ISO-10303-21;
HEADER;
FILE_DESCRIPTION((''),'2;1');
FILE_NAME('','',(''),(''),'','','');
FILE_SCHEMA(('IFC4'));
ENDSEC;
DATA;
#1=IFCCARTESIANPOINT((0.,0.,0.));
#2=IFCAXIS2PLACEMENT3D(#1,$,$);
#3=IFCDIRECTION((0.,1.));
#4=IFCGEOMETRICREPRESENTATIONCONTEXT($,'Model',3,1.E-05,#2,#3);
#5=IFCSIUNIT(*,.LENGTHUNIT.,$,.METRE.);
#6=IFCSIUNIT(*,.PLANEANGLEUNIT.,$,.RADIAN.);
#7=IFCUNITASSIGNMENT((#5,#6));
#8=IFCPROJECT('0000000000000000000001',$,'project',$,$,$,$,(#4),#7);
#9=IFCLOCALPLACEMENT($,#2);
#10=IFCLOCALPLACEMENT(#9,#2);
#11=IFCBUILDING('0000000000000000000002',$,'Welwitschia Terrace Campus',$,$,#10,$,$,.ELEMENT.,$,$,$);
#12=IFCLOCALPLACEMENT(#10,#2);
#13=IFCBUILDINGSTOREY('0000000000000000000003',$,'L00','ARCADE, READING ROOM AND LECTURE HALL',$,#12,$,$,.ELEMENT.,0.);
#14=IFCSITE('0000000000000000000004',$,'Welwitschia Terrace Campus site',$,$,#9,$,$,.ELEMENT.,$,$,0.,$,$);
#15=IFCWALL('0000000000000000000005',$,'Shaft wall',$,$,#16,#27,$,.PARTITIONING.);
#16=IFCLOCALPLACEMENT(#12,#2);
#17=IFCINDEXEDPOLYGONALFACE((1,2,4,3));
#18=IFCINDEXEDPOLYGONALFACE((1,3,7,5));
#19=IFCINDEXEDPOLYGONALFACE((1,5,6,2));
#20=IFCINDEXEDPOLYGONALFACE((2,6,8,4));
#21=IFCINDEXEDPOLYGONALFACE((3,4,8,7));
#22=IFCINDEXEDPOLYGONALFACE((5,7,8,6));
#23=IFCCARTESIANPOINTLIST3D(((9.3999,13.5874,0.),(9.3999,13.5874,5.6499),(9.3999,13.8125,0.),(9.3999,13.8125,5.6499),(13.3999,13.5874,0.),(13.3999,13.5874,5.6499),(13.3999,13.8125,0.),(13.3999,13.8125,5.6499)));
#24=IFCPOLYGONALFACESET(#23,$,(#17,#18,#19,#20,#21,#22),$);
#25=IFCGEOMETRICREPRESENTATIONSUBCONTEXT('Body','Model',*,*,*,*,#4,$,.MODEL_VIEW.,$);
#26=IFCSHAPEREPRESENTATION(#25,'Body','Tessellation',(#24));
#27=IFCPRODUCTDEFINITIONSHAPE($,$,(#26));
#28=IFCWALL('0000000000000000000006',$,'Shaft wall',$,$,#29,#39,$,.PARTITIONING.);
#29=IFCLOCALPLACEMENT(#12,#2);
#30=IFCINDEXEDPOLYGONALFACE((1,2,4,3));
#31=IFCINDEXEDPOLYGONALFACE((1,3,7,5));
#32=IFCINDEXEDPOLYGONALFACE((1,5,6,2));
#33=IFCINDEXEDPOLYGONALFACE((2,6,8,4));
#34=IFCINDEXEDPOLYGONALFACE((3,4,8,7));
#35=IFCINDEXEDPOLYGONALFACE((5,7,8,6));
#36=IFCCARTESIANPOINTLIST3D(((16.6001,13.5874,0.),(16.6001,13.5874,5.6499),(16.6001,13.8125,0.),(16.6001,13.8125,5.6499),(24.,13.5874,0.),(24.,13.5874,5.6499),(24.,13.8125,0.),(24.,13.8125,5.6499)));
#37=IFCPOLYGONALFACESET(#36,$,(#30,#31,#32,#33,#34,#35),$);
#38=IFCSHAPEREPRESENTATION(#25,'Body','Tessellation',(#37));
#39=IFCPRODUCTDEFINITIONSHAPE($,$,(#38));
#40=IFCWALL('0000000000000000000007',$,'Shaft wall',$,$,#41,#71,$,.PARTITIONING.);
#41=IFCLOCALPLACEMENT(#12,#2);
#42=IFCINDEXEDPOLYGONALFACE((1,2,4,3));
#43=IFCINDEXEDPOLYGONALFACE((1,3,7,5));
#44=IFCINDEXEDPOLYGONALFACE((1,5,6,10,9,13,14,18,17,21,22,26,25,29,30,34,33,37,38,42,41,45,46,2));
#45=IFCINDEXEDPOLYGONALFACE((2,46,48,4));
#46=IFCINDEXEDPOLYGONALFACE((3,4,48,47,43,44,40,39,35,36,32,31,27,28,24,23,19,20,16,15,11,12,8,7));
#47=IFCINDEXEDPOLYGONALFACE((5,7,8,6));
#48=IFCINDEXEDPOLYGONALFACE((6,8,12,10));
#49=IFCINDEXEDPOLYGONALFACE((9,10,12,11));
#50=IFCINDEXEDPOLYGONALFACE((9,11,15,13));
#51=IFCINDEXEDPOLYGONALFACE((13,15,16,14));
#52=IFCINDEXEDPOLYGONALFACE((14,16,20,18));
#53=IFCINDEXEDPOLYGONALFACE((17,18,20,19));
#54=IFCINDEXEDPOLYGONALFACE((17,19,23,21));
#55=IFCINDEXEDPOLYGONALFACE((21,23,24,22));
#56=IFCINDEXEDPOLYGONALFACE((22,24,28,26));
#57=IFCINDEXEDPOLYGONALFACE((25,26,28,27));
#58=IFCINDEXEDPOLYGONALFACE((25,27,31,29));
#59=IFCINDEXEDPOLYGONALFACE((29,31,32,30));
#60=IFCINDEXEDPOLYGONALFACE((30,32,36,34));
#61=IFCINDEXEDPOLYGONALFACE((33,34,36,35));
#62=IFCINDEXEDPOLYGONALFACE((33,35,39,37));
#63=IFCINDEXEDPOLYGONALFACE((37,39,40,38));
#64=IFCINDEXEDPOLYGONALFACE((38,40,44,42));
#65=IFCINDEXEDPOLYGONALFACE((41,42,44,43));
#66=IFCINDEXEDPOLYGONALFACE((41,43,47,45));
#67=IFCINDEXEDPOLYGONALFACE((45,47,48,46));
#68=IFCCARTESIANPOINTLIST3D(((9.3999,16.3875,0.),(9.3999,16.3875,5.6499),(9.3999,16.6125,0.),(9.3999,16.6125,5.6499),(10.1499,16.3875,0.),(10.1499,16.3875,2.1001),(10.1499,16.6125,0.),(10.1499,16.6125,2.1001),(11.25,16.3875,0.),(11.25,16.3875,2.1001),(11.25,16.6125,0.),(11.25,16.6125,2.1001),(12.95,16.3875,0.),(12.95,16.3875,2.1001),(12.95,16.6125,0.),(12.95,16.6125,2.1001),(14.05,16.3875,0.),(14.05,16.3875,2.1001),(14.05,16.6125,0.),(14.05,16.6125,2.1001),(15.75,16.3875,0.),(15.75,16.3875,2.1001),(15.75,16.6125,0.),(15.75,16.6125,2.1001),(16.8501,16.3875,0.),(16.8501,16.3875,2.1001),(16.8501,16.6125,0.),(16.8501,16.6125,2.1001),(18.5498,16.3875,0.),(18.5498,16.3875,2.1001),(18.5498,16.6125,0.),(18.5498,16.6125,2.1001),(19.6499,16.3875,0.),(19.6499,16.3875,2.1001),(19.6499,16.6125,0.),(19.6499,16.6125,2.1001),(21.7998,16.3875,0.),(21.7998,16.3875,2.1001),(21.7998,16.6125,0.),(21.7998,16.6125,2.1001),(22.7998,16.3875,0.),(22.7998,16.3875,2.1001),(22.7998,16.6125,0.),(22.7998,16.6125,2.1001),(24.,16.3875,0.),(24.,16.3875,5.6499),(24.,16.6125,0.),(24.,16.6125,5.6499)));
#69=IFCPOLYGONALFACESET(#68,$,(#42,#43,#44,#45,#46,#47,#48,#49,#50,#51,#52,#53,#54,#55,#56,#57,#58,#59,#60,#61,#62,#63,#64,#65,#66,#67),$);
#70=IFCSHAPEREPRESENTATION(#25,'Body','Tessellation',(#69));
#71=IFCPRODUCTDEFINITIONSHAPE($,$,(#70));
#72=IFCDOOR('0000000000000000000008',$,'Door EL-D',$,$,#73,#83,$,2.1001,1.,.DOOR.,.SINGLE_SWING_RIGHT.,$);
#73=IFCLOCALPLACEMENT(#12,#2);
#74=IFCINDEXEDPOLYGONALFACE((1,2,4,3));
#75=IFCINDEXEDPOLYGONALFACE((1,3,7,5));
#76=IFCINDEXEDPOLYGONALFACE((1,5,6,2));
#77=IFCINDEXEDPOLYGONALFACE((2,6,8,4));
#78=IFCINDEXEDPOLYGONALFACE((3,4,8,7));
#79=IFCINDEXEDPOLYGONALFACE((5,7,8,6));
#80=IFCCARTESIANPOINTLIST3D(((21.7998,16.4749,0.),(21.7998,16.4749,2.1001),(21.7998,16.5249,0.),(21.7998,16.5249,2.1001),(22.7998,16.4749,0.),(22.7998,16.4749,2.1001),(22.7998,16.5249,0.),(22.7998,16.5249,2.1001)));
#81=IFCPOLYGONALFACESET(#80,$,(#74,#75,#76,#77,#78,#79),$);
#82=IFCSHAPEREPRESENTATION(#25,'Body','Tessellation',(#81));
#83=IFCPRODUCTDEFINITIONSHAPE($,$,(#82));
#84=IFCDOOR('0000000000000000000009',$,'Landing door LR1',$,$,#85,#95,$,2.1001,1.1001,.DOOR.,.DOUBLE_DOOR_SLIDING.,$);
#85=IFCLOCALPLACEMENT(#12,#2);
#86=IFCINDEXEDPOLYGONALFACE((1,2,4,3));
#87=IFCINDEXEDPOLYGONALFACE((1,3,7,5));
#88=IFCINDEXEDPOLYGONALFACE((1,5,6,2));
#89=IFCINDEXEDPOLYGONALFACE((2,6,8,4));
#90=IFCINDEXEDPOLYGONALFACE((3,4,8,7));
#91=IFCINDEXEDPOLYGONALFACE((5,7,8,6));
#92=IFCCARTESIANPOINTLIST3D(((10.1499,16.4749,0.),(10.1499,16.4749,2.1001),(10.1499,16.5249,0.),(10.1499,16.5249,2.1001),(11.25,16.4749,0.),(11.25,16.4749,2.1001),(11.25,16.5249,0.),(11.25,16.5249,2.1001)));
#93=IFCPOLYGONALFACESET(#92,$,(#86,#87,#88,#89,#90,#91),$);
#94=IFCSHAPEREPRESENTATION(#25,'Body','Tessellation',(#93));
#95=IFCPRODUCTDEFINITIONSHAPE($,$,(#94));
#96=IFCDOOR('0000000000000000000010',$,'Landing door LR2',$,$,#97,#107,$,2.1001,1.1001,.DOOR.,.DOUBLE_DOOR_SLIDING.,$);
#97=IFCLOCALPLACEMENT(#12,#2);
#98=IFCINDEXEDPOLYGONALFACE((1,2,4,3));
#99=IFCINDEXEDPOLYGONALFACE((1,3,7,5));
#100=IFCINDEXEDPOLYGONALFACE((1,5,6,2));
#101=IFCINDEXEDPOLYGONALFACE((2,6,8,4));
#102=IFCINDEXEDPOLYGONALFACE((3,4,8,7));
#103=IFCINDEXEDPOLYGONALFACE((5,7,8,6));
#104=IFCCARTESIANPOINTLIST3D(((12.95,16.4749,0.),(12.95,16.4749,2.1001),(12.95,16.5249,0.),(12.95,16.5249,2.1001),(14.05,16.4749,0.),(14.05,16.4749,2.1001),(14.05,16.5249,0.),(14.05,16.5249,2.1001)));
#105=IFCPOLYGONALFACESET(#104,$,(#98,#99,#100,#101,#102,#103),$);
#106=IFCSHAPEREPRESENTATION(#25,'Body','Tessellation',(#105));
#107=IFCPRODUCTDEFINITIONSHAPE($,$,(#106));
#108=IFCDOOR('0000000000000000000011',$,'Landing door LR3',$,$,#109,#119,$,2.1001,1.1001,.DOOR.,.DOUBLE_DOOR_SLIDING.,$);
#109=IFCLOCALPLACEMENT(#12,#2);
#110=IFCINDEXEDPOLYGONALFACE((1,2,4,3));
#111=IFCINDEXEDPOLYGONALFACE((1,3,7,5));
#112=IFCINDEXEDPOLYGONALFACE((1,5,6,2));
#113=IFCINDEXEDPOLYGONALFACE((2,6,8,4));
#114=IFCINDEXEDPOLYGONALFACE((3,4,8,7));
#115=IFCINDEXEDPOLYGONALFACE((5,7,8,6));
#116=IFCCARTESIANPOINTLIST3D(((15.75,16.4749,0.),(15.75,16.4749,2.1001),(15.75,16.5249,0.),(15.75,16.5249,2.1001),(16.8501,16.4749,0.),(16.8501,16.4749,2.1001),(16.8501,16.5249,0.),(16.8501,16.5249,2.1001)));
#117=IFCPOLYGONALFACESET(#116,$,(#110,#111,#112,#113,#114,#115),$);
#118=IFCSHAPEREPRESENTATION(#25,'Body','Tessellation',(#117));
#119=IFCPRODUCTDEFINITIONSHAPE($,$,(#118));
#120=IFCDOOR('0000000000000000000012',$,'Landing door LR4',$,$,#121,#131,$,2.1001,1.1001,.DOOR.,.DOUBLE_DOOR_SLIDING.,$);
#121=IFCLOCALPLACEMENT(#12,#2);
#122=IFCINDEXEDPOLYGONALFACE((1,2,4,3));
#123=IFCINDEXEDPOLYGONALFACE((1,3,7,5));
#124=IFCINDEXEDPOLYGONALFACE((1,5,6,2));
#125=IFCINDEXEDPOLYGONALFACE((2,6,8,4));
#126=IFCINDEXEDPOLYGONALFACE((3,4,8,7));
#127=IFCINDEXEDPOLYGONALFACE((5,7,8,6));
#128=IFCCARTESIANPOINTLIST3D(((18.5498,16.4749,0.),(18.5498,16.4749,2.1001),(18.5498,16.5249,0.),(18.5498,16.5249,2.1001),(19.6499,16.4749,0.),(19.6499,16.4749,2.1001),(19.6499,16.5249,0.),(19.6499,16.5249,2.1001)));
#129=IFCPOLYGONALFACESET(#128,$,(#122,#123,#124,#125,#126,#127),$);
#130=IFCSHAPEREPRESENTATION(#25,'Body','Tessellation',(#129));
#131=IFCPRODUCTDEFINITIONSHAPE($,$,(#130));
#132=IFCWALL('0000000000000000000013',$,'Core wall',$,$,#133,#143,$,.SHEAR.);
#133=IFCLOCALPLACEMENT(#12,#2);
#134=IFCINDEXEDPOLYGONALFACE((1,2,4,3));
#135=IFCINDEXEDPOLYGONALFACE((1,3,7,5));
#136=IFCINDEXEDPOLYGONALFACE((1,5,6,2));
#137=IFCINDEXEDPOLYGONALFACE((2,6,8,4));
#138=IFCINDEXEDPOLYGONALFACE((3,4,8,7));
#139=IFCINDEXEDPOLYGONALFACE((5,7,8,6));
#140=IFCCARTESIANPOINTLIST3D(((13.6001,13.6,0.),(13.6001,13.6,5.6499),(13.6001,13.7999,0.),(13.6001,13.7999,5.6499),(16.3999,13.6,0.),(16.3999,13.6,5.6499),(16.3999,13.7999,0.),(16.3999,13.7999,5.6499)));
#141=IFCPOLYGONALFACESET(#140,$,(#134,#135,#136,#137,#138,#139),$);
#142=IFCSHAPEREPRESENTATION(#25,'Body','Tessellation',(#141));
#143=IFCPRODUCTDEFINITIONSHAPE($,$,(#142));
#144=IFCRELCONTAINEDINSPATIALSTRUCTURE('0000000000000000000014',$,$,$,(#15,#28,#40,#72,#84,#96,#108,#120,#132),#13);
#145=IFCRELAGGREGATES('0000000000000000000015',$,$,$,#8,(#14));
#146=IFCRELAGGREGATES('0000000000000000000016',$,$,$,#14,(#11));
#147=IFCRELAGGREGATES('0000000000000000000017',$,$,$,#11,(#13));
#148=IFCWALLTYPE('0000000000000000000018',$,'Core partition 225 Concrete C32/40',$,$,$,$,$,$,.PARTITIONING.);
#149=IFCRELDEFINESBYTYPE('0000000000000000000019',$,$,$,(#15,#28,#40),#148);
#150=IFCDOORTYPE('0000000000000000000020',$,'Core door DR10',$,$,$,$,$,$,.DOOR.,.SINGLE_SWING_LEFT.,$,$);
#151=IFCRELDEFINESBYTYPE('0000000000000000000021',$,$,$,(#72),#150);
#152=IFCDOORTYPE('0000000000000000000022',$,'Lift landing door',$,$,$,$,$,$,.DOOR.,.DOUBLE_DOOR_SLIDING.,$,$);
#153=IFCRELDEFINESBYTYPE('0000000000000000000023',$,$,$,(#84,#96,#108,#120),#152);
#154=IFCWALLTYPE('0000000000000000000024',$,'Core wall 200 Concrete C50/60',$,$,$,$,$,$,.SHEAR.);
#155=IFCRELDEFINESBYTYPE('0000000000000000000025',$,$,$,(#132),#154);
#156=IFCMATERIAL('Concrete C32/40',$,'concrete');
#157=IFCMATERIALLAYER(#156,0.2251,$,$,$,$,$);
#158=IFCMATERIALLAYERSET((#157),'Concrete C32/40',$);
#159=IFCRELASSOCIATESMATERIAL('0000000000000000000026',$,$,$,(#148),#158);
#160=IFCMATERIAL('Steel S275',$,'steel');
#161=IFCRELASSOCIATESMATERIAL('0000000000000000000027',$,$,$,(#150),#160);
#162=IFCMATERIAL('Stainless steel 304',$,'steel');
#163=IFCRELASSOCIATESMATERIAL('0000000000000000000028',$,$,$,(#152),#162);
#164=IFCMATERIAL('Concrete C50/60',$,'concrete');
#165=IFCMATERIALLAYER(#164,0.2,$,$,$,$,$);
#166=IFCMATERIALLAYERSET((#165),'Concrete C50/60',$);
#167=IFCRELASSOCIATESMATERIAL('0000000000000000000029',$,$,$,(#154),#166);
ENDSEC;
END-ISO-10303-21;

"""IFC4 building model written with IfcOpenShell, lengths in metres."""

from ifc_helpers import new_model, si_unit, direction, frame, frame_2d, origin, place, context, subcontext, project, spatial, rectangle, extrude, material, layer, layer_set, type_object, element, fill, save


model = new_model("IFC4")

# Units and contexts
model_context = context("Model", 3, precision=1e-05, world=origin(), true_north=direction((0.0, 1.0)))
body_context = subcontext(model_context, "Body", "Model", "MODEL_VIEW")
ifc_project = project(units=[si_unit("LENGTHUNIT", "METRE"), si_unit("PLANEANGLEUNIT", "RADIAN")], contexts=[model_context])

# Site, building, storey
site_placement = place(None, origin())
site = spatial("IfcSite", under=ifc_project, at=site_placement, Name="Welwitschia Terrace Campus site", CompositionType="ELEMENT", RefElevation=0.0)
building_placement = place(site_placement, origin())
building = spatial("IfcBuilding", under=site, at=building_placement, Name="Welwitschia Terrace Campus", CompositionType="ELEMENT")
storey_placement = place(building_placement, origin())
storey = spatial("IfcBuildingStorey", under=building, at=storey_placement, Name="L00", Description="ARCADE, READING ROOM AND LECTURE HALL", CompositionType="ELEMENT", Elevation=0.0)

# Walls
ifc_material_1 = material(Name="Concrete C32/40", Category="concrete")
ifc_layer_1 = layer(ifc_material_1, 0.2251)
ifc_layer_set_1 = layer_set([ifc_layer_1], Name="Concrete C32/40")
wall_type_1 = type_object("IfcWallType", Name="Core partition 225 Concrete C32/40", PredefinedType="PARTITIONING", material=ifc_layer_set_1)
wall_1_placement = place(storey_placement, frame((9.3999, 13.7, 0.0), z_axis=(0.0, 0.0, 1.0), x_axis=(1.0, 0.0, 0.0)))
element("IfcWall", 1, at=wall_1_placement, inside=storey, type_object=wall_type_1, Name="Shaft wall", PredefinedType="PARTITIONING", context=body_context, shape_type="SweptSolid", body=[
    extrude(rectangle(XDim=4.0, YDim=0.2251, at=frame_2d((2.0, 0.0))), origin(), (0.0, 0.0, 1.0), 5.6499),
])
wall_2_placement = place(storey_placement, frame((16.6001, 13.7, 0.0), z_axis=(0.0, 0.0, 1.0), x_axis=(1.0, 0.0, 0.0)))
element("IfcWall", 2, at=wall_2_placement, inside=storey, type_object=wall_type_1, Name="Shaft wall", PredefinedType="PARTITIONING", context=body_context, shape_type="SweptSolid", body=[
    extrude(rectangle(XDim=7.3999, YDim=0.2251, at=frame_2d((3.7, 0.0))), origin(), (0.0, 0.0, 1.0), 5.6499),
])

# Wall, openings, doors
wall_3_placement = place(storey_placement, frame((9.3999, 16.5, 0.0), z_axis=(0.0, 0.0, 1.0), x_axis=(1.0, 0.0, 0.0)))
wall_3 = element("IfcWall", 3, at=wall_3_placement, inside=storey, type_object=wall_type_1, Name="Shaft wall", PredefinedType="PARTITIONING", context=body_context, shape_type="SweptSolid", body=[
    extrude(rectangle(XDim=14.6001, YDim=0.2251, at=frame_2d((7.3, 0.0))), origin(), (0.0, 0.0, 1.0), 5.6499),
])
opening_1_placement = place(wall_3_placement, frame((0.75, 0.0, 0.0)))
opening_1 = element("IfcOpeningElement", 4, at=opening_1_placement, cuts=wall_3, PredefinedType="OPENING", context=body_context, shape_type="SweptSolid", body=[
    extrude(rectangle(XDim=1.1001, YDim=2.1001, at=frame_2d((0.55, 1.05))), frame((0.0, 0.1226, 0.0), z_axis=(0.0, -1.0, 0.0), x_axis=(1.0, 0.0, 0.0)), (0.0, 0.0, 1.0), 0.2451),
])
opening_2_placement = place(wall_3_placement, frame((3.55, 0.0, 0.0)))
opening_2 = element("IfcOpeningElement", 5, at=opening_2_placement, cuts=wall_3, PredefinedType="OPENING", context=body_context, shape_type="SweptSolid", body=[
    extrude(rectangle(XDim=1.1001, YDim=2.1001, at=frame_2d((0.55, 1.05))), frame((0.0, 0.1226, 0.0), z_axis=(0.0, -1.0, 0.0), x_axis=(1.0, 0.0, 0.0)), (0.0, 0.0, 1.0), 0.2451),
])
opening_3_placement = place(wall_3_placement, frame((6.3501, 0.0, 0.0)))
opening_3 = element("IfcOpeningElement", 6, at=opening_3_placement, cuts=wall_3, PredefinedType="OPENING", context=body_context, shape_type="SweptSolid", body=[
    extrude(rectangle(XDim=1.1001, YDim=2.1001, at=frame_2d((0.55, 1.05))), frame((0.0, 0.1226, 0.0), z_axis=(0.0, -1.0, 0.0), x_axis=(1.0, 0.0, 0.0)), (0.0, 0.0, 1.0), 0.2451),
])
opening_4_placement = place(wall_3_placement, frame((9.1499, 0.0, 0.0)))
opening_4 = element("IfcOpeningElement", 7, at=opening_4_placement, cuts=wall_3, PredefinedType="OPENING", context=body_context, shape_type="SweptSolid", body=[
    extrude(rectangle(XDim=1.1001, YDim=2.1001, at=frame_2d((0.55, 1.05))), frame((0.0, 0.1226, 0.0), z_axis=(0.0, -1.0, 0.0), x_axis=(1.0, 0.0, 0.0)), (0.0, 0.0, 1.0), 0.2451),
])
opening_5_placement = place(wall_3_placement, frame((12.3999, 0.0, 0.0)))
opening_5 = element("IfcOpeningElement", 8, at=opening_5_placement, cuts=wall_3, PredefinedType="OPENING", context=body_context, shape_type="SweptSolid", body=[
    extrude(rectangle(XDim=1.0, YDim=2.1001, at=frame_2d((0.5, 1.05))), frame((0.0, 0.1226, 0.0), z_axis=(0.0, -1.0, 0.0), x_axis=(1.0, 0.0, 0.0)), (0.0, 0.0, 1.0), 0.2451),
])
ifc_material_2 = material(Name="Steel S275", Category="steel")
door_type_1 = type_object("IfcDoorType", Name="Core door DR10", OperationType="SINGLE_SWING_LEFT", PredefinedType="DOOR", material=ifc_material_2)
door_1_placement = place(opening_5_placement, origin())
door_1 = element("IfcDoor", 9, at=door_1_placement, inside=storey, type_object=door_type_1, Name="Door EL-D", OperationType="SINGLE_SWING_RIGHT", OverallHeight=2.1001, OverallWidth=1.0, PredefinedType="DOOR", context=body_context, shape_type="SweptSolid", body=[
    extrude(rectangle(XDim=1.0, YDim=2.1001, at=frame_2d((0.5, 1.05))), frame((0.0, 0.0249, 0.0), z_axis=(0.0, -1.0, 0.0), x_axis=(1.0, 0.0, 0.0)), (0.0, 0.0, 1.0), 0.05),
])
fill(opening_5, door_1)
ifc_material_3 = material(Name="Stainless steel 304", Category="steel")
door_type_2 = type_object("IfcDoorType", Name="Lift landing door", OperationType="DOUBLE_DOOR_SLIDING", PredefinedType="DOOR", material=ifc_material_3)
door_2_placement = place(opening_1_placement, origin())
door_2 = element("IfcDoor", 10, at=door_2_placement, inside=storey, type_object=door_type_2, Name="Landing door LR1", OperationType="DOUBLE_DOOR_SLIDING", OverallHeight=2.1001, OverallWidth=1.1001, PredefinedType="DOOR", context=body_context, shape_type="SweptSolid", body=[
    extrude(rectangle(XDim=1.1001, YDim=2.1001, at=frame_2d((0.55, 1.05))), frame((0.0, 0.0249, 0.0), z_axis=(0.0, -1.0, 0.0), x_axis=(1.0, 0.0, 0.0)), (0.0, 0.0, 1.0), 0.05),
])
fill(opening_1, door_2)
door_3_placement = place(opening_2_placement, origin())
door_3 = element("IfcDoor", 11, at=door_3_placement, inside=storey, type_object=door_type_2, Name="Landing door LR2", OperationType="DOUBLE_DOOR_SLIDING", OverallHeight=2.1001, OverallWidth=1.1001, PredefinedType="DOOR", context=body_context, shape_type="SweptSolid", body=[
    extrude(rectangle(XDim=1.1001, YDim=2.1001, at=frame_2d((0.55, 1.05))), frame((0.0, 0.0249, 0.0), z_axis=(0.0, -1.0, 0.0), x_axis=(1.0, 0.0, 0.0)), (0.0, 0.0, 1.0), 0.05),
])
fill(opening_2, door_3)
door_4_placement = place(opening_3_placement, origin())
door_4 = element("IfcDoor", 12, at=door_4_placement, inside=storey, type_object=door_type_2, Name="Landing door LR3", OperationType="DOUBLE_DOOR_SLIDING", OverallHeight=2.1001, OverallWidth=1.1001, PredefinedType="DOOR", context=body_context, shape_type="SweptSolid", body=[
    extrude(rectangle(XDim=1.1001, YDim=2.1001, at=frame_2d((0.55, 1.05))), frame((0.0, 0.0249, 0.0), z_axis=(0.0, -1.0, 0.0), x_axis=(1.0, 0.0, 0.0)), (0.0, 0.0, 1.0), 0.05),
])
fill(opening_3, door_4)
door_5_placement = place(opening_4_placement, origin())
door_5 = element("IfcDoor", 13, at=door_5_placement, inside=storey, type_object=door_type_2, Name="Landing door LR4", OperationType="DOUBLE_DOOR_SLIDING", OverallHeight=2.1001, OverallWidth=1.1001, PredefinedType="DOOR", context=body_context, shape_type="SweptSolid", body=[
    extrude(rectangle(XDim=1.1001, YDim=2.1001, at=frame_2d((0.55, 1.05))), frame((0.0, 0.0249, 0.0), z_axis=(0.0, -1.0, 0.0), x_axis=(1.0, 0.0, 0.0)), (0.0, 0.0, 1.0), 0.05),
])
fill(opening_4, door_5)

# Wall
ifc_material_4 = material(Name="Concrete C50/60", Category="concrete")
ifc_layer_2 = layer(ifc_material_4, 0.2)
ifc_layer_set_2 = layer_set([ifc_layer_2], Name="Concrete C50/60")
wall_type_2 = type_object("IfcWallType", Name="Core wall 200 Concrete C50/60", PredefinedType="SHEAR", material=ifc_layer_set_2)
wall_4_placement = place(storey_placement, frame((13.6001, 13.7, 0.0), z_axis=(0.0, 0.0, 1.0), x_axis=(1.0, 0.0, 0.0)))
element("IfcWall", 14, at=wall_4_placement, inside=storey, type_object=wall_type_2, Name="Core wall", PredefinedType="SHEAR", context=body_context, shape_type="SweptSolid", body=[
    extrude(rectangle(XDim=2.7998, YDim=0.2, at=frame_2d((1.3999, 0.0))), origin(), (0.0, 0.0, 1.0), 5.6499),
])

save(model, "model.ifc")
